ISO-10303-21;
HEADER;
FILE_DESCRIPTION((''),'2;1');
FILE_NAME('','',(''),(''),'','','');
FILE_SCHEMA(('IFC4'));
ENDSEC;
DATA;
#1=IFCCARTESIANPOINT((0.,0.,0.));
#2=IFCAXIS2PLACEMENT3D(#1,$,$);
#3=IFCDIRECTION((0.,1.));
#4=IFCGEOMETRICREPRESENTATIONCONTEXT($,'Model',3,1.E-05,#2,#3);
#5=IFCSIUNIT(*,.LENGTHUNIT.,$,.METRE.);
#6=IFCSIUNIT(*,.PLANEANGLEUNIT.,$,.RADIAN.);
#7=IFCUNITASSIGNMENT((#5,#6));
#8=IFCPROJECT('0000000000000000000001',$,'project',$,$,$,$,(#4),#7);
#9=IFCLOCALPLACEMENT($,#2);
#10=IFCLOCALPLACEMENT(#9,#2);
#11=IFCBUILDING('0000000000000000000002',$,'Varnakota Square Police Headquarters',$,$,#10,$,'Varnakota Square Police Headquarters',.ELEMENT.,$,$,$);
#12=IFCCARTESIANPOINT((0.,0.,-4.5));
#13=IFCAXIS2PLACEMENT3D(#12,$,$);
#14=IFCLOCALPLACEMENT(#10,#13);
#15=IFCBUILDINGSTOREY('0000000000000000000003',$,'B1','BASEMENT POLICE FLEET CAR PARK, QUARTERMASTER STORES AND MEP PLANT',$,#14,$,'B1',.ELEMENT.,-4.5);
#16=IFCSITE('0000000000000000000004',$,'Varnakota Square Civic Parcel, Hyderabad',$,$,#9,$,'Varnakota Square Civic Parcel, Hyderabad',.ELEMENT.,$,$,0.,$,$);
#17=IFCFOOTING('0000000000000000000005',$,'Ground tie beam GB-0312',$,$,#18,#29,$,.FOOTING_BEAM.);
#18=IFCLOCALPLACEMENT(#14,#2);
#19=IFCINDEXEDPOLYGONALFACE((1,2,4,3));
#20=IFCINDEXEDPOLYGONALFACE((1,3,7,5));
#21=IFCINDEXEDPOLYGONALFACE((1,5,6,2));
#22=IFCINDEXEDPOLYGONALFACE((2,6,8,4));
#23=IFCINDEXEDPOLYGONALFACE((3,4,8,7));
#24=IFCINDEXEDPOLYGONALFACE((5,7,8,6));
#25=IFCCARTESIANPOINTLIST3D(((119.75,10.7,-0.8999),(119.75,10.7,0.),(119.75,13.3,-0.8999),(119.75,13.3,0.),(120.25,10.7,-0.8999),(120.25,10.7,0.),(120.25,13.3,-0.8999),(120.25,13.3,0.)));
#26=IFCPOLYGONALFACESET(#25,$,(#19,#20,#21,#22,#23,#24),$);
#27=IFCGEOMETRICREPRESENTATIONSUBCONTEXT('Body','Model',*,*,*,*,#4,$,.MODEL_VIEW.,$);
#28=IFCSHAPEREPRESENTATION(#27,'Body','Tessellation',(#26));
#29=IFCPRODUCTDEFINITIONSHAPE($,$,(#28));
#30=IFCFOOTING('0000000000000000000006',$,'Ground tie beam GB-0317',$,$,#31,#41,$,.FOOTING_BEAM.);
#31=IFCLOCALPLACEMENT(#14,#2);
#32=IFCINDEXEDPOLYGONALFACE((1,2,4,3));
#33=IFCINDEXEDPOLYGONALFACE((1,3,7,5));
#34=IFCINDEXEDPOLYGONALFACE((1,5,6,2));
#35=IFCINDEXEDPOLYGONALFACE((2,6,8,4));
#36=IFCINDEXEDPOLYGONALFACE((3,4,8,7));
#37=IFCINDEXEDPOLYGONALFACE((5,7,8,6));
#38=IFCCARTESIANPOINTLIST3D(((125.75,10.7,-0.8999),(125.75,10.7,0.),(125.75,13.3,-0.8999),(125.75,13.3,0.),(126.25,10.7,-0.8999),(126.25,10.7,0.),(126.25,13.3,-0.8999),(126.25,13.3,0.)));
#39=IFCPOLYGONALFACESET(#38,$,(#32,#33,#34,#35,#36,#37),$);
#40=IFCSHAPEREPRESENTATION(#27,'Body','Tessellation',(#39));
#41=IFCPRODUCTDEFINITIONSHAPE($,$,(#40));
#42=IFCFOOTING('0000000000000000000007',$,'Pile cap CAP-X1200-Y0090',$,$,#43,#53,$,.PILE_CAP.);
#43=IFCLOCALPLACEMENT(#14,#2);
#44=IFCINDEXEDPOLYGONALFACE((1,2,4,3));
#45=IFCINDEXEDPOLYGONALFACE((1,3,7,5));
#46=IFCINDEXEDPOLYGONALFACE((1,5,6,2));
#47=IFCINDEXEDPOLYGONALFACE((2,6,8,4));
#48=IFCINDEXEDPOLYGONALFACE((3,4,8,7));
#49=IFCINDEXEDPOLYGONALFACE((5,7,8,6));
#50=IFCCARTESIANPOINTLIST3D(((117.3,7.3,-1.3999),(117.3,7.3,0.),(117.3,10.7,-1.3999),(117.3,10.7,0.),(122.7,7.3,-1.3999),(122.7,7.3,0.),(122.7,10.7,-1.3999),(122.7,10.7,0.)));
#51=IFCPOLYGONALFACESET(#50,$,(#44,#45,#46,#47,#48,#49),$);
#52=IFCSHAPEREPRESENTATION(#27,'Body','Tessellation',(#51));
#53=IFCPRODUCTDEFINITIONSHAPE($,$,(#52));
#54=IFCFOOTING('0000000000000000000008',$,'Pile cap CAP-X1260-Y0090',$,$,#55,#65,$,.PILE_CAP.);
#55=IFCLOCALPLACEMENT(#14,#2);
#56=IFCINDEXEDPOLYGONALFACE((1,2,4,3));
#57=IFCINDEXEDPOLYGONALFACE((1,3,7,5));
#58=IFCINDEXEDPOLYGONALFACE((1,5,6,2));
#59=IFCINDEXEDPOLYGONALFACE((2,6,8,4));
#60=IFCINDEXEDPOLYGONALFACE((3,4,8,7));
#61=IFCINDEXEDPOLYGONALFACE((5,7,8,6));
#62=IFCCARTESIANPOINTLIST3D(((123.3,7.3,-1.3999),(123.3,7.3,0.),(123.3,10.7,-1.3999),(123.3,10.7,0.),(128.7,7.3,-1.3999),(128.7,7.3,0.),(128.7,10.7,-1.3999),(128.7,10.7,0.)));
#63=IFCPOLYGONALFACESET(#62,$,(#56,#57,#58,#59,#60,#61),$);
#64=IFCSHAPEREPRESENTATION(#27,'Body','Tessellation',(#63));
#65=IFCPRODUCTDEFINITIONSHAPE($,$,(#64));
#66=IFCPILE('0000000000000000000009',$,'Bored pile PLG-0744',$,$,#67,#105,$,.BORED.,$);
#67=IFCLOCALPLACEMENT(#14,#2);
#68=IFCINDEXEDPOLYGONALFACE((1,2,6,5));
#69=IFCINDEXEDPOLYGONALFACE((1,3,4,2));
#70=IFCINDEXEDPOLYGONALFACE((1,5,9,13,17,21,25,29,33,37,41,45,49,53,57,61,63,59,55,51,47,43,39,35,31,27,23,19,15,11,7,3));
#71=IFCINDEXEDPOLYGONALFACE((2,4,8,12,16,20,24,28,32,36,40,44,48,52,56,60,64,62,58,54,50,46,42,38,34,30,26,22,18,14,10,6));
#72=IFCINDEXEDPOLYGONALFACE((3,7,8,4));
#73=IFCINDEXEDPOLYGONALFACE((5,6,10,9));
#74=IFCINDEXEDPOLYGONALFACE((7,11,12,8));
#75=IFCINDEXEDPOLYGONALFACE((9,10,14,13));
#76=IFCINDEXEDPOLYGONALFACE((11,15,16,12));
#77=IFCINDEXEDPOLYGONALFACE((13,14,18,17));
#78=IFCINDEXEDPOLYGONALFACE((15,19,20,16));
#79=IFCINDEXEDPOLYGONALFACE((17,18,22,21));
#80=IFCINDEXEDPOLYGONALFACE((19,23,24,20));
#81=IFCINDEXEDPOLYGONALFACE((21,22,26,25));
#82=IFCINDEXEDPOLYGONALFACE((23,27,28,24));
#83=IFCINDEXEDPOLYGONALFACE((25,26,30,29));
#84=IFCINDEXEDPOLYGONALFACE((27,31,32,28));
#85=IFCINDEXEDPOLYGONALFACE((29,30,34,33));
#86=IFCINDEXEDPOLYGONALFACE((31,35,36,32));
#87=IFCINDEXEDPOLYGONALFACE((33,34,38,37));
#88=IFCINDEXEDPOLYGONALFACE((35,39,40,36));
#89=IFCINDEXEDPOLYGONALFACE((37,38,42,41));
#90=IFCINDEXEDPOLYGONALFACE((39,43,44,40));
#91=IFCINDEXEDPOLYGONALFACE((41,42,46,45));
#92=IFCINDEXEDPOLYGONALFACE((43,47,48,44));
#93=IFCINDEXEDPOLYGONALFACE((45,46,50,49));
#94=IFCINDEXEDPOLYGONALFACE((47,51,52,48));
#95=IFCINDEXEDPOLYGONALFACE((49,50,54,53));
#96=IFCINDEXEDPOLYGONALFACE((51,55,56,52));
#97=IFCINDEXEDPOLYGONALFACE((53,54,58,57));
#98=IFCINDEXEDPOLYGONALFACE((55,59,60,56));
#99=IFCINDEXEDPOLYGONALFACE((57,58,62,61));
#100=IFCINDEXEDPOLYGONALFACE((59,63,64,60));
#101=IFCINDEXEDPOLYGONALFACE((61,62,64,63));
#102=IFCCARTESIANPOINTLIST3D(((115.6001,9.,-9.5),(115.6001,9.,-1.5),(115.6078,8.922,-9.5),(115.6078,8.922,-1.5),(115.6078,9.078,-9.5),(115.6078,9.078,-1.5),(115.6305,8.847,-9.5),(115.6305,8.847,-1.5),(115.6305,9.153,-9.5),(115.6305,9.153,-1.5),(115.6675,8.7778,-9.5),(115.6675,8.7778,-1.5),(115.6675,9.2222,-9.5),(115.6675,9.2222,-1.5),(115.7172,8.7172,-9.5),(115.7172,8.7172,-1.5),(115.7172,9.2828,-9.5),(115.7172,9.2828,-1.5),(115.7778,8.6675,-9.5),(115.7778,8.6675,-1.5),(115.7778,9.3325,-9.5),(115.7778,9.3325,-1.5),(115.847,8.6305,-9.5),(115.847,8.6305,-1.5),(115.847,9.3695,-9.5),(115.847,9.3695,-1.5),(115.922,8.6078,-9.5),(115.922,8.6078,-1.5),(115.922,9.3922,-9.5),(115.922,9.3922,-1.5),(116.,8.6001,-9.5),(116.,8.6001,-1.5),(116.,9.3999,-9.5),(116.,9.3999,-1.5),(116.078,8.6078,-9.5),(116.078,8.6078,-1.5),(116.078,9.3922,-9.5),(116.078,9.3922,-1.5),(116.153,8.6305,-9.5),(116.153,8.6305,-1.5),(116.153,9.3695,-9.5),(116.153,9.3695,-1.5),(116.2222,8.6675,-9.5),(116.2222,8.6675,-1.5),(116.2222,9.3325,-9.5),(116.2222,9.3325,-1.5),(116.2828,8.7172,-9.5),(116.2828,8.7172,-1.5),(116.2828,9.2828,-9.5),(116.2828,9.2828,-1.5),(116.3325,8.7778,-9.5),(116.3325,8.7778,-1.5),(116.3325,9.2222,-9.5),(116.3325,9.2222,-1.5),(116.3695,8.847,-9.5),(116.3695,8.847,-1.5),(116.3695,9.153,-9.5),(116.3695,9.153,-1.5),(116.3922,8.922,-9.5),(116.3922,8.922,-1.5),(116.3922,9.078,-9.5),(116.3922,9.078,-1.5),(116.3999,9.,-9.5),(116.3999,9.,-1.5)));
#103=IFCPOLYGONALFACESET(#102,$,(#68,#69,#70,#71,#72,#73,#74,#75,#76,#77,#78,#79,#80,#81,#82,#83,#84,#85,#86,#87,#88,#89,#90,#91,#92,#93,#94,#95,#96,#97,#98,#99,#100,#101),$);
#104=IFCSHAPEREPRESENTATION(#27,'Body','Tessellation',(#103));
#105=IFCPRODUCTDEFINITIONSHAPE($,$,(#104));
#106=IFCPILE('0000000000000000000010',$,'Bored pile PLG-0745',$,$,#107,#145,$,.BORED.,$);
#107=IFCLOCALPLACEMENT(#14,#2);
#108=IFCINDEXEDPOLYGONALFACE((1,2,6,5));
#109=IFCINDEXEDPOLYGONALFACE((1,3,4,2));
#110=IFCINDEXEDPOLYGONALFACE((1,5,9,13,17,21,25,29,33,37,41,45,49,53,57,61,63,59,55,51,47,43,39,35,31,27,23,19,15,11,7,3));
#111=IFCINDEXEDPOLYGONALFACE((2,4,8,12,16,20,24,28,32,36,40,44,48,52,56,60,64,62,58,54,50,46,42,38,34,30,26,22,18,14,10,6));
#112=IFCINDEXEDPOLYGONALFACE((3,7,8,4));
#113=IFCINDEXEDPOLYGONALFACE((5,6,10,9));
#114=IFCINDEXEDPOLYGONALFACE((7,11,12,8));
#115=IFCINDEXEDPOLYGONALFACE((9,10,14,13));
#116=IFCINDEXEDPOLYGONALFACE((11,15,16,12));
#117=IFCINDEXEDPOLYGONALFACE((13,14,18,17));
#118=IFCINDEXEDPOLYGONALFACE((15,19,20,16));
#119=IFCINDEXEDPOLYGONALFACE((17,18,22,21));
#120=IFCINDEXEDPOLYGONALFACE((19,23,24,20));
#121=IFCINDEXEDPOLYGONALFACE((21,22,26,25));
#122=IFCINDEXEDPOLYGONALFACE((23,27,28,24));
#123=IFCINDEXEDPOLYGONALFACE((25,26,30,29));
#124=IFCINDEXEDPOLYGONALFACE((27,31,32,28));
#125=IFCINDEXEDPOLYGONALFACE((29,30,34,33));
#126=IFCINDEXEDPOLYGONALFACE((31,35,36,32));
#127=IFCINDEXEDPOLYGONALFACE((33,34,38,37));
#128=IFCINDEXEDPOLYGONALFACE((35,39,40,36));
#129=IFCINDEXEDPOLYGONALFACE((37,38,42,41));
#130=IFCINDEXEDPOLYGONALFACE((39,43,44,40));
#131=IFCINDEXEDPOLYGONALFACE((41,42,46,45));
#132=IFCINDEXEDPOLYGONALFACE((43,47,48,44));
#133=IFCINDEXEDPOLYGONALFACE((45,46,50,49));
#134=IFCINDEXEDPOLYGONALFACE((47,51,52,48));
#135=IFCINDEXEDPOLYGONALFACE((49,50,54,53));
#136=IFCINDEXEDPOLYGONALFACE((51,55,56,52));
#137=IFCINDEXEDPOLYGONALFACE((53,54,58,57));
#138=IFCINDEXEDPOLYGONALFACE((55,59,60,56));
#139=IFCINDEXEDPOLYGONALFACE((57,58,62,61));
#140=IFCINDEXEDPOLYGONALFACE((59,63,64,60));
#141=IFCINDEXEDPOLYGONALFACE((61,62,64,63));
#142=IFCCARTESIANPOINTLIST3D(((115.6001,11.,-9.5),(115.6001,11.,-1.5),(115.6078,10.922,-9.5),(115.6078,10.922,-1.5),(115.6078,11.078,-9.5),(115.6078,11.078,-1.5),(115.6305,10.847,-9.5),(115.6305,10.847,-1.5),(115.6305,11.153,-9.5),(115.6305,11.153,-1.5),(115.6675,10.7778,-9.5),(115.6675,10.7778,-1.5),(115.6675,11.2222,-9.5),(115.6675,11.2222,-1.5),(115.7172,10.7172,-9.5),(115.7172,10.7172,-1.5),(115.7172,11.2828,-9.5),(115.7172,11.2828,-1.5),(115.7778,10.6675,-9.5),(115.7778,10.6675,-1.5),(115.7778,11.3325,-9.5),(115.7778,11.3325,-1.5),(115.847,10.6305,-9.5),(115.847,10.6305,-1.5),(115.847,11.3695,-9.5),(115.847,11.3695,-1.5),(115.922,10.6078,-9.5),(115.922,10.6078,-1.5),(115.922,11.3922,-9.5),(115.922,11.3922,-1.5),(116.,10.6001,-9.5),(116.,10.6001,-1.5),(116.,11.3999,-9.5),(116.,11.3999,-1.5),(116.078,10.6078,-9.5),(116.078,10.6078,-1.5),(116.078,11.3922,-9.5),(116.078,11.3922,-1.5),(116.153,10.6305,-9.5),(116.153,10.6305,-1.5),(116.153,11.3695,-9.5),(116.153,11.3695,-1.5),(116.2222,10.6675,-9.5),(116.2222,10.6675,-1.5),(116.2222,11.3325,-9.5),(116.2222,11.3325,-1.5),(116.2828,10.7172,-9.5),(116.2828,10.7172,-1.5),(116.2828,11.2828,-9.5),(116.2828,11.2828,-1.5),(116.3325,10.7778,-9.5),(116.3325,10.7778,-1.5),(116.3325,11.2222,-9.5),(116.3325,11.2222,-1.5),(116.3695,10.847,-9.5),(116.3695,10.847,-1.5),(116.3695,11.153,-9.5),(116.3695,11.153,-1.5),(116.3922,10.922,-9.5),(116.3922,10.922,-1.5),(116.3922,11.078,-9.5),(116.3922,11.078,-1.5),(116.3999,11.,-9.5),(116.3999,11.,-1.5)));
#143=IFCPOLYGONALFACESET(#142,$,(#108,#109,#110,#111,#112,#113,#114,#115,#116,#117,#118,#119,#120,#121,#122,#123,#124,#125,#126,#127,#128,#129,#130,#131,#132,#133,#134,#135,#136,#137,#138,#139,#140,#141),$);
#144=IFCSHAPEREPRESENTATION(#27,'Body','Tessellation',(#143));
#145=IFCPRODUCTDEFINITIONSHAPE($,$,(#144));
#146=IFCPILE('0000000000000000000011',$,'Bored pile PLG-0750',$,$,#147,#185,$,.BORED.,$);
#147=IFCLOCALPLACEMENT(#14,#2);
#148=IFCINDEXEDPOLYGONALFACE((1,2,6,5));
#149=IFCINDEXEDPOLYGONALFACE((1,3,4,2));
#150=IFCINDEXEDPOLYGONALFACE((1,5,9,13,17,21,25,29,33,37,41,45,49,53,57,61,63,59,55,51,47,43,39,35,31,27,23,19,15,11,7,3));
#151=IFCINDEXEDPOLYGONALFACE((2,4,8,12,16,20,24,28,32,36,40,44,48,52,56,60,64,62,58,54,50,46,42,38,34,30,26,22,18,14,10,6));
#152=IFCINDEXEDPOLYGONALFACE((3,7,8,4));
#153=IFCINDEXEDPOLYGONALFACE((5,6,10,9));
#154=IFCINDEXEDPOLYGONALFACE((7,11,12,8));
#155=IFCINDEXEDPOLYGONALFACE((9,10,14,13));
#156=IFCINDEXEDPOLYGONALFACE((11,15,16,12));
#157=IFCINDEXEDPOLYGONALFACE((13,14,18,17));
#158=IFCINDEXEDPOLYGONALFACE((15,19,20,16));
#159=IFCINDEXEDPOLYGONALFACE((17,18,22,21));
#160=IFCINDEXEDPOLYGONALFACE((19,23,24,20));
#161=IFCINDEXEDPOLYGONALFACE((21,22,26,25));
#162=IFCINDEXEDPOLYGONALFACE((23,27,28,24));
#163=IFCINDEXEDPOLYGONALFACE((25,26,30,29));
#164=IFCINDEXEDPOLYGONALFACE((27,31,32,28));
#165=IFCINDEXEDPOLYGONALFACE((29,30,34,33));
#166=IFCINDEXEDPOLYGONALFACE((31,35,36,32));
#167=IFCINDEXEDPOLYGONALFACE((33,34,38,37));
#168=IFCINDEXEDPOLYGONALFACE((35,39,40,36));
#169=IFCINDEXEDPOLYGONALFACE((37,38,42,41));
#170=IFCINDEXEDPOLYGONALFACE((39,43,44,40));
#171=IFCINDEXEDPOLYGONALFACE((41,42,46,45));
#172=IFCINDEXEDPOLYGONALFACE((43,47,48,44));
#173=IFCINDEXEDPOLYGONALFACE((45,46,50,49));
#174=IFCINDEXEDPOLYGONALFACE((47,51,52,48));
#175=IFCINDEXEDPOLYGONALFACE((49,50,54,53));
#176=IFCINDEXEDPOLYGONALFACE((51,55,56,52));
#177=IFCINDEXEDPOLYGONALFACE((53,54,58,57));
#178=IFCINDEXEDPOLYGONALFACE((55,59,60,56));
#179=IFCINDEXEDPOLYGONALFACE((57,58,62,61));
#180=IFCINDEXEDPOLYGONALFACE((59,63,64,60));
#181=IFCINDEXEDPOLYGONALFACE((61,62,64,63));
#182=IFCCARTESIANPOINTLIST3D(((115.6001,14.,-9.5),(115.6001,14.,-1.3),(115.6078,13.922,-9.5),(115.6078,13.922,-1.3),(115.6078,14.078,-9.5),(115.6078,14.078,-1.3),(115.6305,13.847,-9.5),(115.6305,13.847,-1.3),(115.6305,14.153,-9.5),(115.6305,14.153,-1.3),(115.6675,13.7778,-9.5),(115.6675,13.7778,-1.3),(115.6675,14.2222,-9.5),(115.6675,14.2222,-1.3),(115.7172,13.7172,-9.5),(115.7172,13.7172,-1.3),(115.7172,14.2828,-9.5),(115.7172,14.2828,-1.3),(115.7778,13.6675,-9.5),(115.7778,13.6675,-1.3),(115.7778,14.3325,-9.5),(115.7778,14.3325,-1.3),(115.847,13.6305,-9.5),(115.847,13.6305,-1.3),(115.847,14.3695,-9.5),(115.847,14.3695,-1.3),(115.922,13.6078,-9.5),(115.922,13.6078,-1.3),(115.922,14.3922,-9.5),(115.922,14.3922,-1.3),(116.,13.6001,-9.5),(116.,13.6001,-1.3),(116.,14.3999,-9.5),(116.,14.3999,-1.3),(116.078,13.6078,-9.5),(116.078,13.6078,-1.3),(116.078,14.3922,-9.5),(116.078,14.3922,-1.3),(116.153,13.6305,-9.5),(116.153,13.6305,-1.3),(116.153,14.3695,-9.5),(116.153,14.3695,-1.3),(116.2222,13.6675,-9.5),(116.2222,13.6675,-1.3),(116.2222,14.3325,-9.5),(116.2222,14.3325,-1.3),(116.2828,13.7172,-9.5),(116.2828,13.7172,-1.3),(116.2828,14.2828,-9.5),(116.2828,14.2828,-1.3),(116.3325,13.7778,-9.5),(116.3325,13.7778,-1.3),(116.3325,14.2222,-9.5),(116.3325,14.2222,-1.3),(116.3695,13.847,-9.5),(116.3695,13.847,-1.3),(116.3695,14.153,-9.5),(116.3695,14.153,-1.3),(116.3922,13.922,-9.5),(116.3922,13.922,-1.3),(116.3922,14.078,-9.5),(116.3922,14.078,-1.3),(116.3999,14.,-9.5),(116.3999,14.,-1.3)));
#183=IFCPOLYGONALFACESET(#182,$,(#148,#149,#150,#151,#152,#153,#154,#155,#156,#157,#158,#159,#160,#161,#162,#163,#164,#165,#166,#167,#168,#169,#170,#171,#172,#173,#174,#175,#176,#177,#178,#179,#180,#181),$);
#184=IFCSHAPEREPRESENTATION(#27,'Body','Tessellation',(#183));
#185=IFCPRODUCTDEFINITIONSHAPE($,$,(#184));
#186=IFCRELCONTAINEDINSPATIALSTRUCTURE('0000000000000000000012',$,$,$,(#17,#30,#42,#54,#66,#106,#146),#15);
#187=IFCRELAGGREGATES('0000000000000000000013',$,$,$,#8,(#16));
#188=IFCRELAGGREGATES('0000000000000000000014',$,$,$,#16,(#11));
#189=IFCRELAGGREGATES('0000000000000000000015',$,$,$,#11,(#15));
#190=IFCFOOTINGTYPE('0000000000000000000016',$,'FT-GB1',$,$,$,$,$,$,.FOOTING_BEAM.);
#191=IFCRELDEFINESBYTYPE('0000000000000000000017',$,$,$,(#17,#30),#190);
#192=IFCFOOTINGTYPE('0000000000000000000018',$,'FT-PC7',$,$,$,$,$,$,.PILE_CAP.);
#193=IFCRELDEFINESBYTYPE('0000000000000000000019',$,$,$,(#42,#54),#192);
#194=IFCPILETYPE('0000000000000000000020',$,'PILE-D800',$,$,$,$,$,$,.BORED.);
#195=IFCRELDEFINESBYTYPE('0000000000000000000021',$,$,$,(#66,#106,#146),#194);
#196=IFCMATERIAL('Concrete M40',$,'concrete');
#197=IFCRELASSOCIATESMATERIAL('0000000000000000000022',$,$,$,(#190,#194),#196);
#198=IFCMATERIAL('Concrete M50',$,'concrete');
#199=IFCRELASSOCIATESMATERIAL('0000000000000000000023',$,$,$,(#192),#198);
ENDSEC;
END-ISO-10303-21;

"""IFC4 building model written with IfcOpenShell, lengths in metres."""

from ifc_helpers import new_model, si_unit, direction, frame, origin, origin_2d, place, context, subcontext, project, spatial, rectangle, circle, extrude, material, material_profile, profile_set, type_object, element, save


model = new_model("IFC4")

# Units and contexts
model_context = context("Model", 3, precision=1e-05, world=origin(), true_north=direction((0.0, 1.0)))
body_context = subcontext(model_context, "Body", "Model", "MODEL_VIEW")
ifc_project = project(units=[si_unit("LENGTHUNIT", "METRE"), si_unit("PLANEANGLEUNIT", "RADIAN")], contexts=[model_context])

# Site, building, storey
site_placement = place(None, origin())
site = spatial("IfcSite", under=ifc_project, at=site_placement, Name="Varnakota Square Civic Parcel, Hyderabad", LongName="Varnakota Square Civic Parcel, Hyderabad", CompositionType="ELEMENT", RefElevation=0.0)
building_placement = place(site_placement, origin())
building = spatial("IfcBuilding", under=site, at=building_placement, Name="Varnakota Square Police Headquarters", LongName="Varnakota Square Police Headquarters", CompositionType="ELEMENT")
storey_placement = place(building_placement, frame((0.0, 0.0, -4.5)))
storey = spatial("IfcBuildingStorey", under=building, at=storey_placement, Name="B1", Description="BASEMENT POLICE FLEET CAR PARK, QUARTERMASTER STORES AND MEP PLANT", LongName="B1", CompositionType="ELEMENT", Elevation=-4.5)

# Footings
ifc_material_1 = material(Name="Concrete M40", Category="concrete")
ifc_material_profile_1 = material_profile(ifc_material_1, rectangle(XDim=0.5, YDim=0.8999, at=origin_2d()), Name="GB 500x900")
ifc_profile_set_1 = profile_set([ifc_material_profile_1], Name="Concrete M40")
footing_type_1 = type_object("IfcFootingType", Name="FT-GB1", PredefinedType="FOOTING_BEAM", material=ifc_profile_set_1)
for number, where, z_axis, x_axis, name in (
    (1, (120.0, 10.7, -0.45), (0.0, 1.0, 0.0), (-1.0, 0.0, 0.0), "Ground tie beam GB-0312"),
    (2, (126.0, 10.7, -0.45), (0.0, 1.0, 0.0), (-1.0, 0.0, 0.0), "Ground tie beam GB-0317"),
):
    element("IfcFooting", number, at=place(storey_placement, frame(where, z_axis=z_axis, x_axis=x_axis)), inside=storey, type_object=footing_type_1, Name=name, PredefinedType="FOOTING_BEAM", context=body_context, shape_type="SweptSolid", body=[
        extrude(rectangle(XDim=0.5, YDim=0.8999, at=origin_2d()), origin(), (0.0, 0.0, 1.0), 2.6001),
    ])
ifc_material_2 = material(Name="Concrete M50", Category="concrete")
footing_type_2 = type_object("IfcFootingType", Name="FT-PC7", PredefinedType="PILE_CAP", material=ifc_material_2)
for number, where, z_axis, x_axis, name in (
    (3, (120.0, 9.0, -1.3999), (0.0, 0.0, 1.0), (1.0, 0.0, 0.0), "Pile cap CAP-X1200-Y0090"),
    (4, (126.0, 9.0, -1.3999), (0.0, 0.0, 1.0), (1.0, 0.0, 0.0), "Pile cap CAP-X1260-Y0090"),
):
    element("IfcFooting", number, at=place(storey_placement, frame(where, z_axis=z_axis, x_axis=x_axis)), inside=storey, type_object=footing_type_2, Name=name, PredefinedType="PILE_CAP", context=body_context, shape_type="SweptSolid", body=[
        extrude(rectangle(XDim=5.3999, YDim=3.3999, at=origin_2d()), origin(), (0.0, 0.0, 1.0), 1.3999),
    ])

# Piles
ifc_material_profile_2 = material_profile(ifc_material_1, circle(Radius=0.3999, at=origin_2d()), Name="BORED PILE 800")
ifc_profile_set_2 = profile_set([ifc_material_profile_2], Name="Concrete M40")
pile_type = type_object("IfcPileType", Name="PILE-D800", PredefinedType="BORED", material=ifc_profile_set_2)
for number, where, z_axis, x_axis, name in (
    (5, (116.0, 9.0, -1.5), (0.0, 0.0, -1.0), (1.0, 0.0, 0.0), "Bored pile PLG-0744"),
    (6, (116.0, 11.0, -1.5), (0.0, 0.0, -1.0), (1.0, 0.0, 0.0), "Bored pile PLG-0745"),
):
    element("IfcPile", number, at=place(storey_placement, frame(where, z_axis=z_axis, x_axis=x_axis)), inside=storey, type_object=pile_type, Name=name, PredefinedType="BORED", context=body_context, shape_type="SweptSolid", body=[
        extrude(circle(Radius=0.3999, at=origin_2d()), origin(), (0.0, 0.0, 1.0), 8.0),
    ])
for number, where, z_axis, x_axis, name in (
    (7, (116.0, 14.0, -1.3), (0.0, 0.0, -1.0), (1.0, 0.0, 0.0), "Bored pile PLG-0750"),
):
    element("IfcPile", number, at=place(storey_placement, frame(where, z_axis=z_axis, x_axis=x_axis)), inside=storey, type_object=pile_type, Name=name, PredefinedType="BORED", context=body_context, shape_type="SweptSolid", body=[
        extrude(circle(Radius=0.3999, at=origin_2d()), origin(), (0.0, 0.0, 1.0), 8.2),
    ])

save(model, "model.ifc")
